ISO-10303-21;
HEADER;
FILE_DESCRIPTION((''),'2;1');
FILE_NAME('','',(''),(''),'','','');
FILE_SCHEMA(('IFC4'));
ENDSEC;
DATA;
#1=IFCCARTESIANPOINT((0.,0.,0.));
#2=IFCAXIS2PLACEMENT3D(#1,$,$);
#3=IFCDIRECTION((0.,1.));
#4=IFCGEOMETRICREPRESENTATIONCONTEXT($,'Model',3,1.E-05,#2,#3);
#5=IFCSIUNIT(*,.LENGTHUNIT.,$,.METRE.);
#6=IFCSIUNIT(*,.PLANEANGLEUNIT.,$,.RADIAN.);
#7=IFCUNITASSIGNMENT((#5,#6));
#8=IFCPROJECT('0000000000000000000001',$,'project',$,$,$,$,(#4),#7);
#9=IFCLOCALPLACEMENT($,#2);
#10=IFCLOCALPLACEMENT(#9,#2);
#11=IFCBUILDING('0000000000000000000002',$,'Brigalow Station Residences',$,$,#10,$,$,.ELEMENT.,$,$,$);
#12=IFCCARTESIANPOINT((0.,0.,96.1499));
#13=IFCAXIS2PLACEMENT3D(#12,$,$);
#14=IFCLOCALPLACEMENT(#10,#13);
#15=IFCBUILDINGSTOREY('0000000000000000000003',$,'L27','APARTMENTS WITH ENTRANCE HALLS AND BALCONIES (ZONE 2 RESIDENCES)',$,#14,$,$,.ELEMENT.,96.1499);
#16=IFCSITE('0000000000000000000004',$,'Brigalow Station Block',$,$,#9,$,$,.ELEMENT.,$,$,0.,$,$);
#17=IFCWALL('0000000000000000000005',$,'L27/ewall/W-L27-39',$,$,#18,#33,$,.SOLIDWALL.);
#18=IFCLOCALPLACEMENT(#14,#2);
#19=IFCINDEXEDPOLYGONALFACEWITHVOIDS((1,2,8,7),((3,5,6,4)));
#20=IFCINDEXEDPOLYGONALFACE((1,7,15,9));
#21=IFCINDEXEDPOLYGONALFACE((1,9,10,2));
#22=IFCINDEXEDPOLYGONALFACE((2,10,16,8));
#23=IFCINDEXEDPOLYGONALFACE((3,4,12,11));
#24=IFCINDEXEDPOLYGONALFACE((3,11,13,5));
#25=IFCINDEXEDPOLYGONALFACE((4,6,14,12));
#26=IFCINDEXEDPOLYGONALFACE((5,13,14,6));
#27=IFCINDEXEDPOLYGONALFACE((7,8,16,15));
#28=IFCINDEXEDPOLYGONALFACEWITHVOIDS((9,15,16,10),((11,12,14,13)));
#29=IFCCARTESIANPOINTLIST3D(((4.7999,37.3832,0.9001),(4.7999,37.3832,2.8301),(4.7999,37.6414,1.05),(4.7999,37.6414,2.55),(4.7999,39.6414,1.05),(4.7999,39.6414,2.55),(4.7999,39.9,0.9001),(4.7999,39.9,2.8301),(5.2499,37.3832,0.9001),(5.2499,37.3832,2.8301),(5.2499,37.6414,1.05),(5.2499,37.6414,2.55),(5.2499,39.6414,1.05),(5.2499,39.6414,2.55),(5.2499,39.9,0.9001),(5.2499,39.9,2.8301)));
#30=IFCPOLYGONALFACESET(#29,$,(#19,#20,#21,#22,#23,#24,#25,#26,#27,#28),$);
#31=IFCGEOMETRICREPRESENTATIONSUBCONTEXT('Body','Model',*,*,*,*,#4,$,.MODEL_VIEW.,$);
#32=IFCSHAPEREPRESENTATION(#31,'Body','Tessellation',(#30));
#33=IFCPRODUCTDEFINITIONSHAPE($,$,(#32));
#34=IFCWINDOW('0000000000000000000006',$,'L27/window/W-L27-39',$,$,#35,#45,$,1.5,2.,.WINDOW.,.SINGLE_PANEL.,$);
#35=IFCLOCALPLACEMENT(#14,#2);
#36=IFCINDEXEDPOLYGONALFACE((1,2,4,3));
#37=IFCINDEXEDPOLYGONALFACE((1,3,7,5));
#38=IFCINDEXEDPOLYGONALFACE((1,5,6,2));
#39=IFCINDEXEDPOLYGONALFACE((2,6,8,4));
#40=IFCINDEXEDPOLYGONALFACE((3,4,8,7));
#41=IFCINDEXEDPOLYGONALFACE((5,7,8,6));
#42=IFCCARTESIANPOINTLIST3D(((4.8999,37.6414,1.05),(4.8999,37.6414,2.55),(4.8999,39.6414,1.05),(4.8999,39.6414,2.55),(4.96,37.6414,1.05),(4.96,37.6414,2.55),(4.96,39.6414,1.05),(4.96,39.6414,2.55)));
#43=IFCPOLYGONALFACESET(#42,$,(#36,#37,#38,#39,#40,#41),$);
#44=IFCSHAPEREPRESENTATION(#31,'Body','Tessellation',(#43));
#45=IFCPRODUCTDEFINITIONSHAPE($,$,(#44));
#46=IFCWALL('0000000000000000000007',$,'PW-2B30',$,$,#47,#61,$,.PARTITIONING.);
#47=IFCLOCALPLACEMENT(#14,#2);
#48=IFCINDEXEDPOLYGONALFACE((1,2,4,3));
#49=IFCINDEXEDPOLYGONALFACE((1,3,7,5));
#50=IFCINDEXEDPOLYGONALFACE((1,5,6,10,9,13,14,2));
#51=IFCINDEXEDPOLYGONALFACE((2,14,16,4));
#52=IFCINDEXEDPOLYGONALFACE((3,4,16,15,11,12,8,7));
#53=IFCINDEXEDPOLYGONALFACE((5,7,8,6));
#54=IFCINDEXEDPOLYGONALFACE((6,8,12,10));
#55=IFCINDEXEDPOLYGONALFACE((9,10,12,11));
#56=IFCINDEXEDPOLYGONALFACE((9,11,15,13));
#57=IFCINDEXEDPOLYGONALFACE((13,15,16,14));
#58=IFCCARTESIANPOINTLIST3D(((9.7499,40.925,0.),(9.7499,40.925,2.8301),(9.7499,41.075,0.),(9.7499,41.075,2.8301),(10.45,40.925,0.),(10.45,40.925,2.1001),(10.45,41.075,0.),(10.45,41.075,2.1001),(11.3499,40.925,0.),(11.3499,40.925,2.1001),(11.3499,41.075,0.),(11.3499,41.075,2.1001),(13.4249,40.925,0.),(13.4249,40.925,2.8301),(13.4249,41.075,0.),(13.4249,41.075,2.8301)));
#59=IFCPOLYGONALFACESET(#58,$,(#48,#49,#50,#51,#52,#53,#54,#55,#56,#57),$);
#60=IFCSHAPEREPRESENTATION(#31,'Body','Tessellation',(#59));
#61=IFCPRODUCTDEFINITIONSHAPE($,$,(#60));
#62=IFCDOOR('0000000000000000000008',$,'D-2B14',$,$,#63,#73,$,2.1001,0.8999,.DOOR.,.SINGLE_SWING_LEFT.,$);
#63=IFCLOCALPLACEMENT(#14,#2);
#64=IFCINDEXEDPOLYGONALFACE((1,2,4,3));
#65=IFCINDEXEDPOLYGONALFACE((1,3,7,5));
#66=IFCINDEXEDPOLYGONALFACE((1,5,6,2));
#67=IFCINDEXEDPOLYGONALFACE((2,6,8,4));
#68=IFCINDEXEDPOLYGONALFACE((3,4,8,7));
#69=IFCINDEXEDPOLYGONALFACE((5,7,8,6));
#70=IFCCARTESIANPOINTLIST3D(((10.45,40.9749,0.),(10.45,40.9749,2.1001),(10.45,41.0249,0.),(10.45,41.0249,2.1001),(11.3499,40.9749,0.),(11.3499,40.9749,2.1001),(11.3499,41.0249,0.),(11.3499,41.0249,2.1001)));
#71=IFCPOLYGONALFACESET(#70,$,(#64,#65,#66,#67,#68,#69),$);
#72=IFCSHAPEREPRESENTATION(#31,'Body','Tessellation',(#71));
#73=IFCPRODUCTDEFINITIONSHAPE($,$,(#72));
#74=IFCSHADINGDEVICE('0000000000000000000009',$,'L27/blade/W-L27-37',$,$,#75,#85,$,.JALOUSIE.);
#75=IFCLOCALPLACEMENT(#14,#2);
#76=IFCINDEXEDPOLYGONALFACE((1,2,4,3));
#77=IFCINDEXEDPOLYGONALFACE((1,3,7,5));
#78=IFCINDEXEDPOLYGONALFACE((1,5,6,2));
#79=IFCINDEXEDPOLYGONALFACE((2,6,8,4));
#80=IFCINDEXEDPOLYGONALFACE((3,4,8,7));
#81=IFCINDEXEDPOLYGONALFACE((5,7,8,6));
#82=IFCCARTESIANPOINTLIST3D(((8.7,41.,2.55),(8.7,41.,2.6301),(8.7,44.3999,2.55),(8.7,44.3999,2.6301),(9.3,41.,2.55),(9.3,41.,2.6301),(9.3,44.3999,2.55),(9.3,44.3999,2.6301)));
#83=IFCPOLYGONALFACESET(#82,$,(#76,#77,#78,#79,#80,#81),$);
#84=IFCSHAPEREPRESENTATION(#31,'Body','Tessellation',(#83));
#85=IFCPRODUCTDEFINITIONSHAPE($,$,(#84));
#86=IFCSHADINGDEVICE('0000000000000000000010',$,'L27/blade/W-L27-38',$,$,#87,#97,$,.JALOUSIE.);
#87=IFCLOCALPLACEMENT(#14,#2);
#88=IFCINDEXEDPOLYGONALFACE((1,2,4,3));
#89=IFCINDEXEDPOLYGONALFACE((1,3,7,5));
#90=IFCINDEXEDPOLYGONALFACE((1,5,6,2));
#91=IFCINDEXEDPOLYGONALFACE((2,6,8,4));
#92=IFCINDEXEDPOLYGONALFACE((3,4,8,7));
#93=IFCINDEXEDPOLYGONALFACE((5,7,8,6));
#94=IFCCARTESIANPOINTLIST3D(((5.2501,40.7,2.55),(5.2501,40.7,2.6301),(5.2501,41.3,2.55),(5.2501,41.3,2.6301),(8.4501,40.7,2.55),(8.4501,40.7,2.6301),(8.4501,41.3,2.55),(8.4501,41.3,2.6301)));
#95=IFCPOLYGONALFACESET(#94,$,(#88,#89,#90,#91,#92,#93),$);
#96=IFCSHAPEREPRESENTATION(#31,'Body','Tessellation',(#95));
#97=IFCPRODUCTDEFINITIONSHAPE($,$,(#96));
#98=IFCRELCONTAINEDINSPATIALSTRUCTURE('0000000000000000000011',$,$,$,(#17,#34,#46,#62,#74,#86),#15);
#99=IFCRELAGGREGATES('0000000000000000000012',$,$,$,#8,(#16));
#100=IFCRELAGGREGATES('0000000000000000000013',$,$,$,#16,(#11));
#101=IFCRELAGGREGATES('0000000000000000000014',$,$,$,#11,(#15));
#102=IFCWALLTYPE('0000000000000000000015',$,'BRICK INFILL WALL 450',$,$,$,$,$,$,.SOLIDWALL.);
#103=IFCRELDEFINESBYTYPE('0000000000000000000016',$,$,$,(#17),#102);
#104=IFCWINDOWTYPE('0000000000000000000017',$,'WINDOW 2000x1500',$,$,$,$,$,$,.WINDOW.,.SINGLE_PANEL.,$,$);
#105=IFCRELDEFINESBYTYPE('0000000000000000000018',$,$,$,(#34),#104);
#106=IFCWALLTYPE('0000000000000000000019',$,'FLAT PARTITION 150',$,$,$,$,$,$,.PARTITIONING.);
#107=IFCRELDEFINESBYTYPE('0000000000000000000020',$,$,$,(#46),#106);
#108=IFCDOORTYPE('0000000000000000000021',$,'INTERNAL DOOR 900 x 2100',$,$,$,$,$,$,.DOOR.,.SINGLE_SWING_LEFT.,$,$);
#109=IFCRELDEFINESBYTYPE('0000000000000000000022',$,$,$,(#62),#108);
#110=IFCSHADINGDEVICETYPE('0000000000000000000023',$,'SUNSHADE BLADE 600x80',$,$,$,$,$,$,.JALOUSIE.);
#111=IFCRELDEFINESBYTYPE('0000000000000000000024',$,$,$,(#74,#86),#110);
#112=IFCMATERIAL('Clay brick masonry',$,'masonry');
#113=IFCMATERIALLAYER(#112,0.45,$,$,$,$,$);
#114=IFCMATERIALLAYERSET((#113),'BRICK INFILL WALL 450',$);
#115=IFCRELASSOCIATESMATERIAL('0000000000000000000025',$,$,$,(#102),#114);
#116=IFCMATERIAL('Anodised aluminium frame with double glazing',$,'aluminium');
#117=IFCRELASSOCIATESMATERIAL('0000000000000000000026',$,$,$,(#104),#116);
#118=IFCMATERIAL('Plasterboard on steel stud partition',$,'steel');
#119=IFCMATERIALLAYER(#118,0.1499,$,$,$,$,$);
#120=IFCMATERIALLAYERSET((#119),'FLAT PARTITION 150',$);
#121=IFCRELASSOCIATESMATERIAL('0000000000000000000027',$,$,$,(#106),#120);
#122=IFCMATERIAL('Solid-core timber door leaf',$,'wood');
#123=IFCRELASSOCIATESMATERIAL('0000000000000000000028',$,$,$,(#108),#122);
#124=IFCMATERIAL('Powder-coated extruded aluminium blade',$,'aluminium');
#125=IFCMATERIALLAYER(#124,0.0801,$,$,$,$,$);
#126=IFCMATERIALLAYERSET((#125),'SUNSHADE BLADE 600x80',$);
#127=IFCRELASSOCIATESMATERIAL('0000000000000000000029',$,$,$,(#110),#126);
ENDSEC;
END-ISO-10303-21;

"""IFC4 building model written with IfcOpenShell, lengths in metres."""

from ifc_helpers import new_model, si_unit, direction, frame, frame_2d, origin, origin_2d, place, context, subcontext, project, spatial, rectangle, extrude, material, layer, layer_set, type_object, element, fill, save


model = new_model("IFC4")

# Units and contexts
model_context = context("Model", 3, precision=1e-05, world=origin(), true_north=direction((0.0, 1.0)))
body_context = subcontext(model_context, "Body", "Model", "MODEL_VIEW")
ifc_project = project(units=[si_unit("LENGTHUNIT", "METRE"), si_unit("PLANEANGLEUNIT", "RADIAN")], contexts=[model_context])

# Site, building, storey
site_placement = place(None, origin())
site = spatial("IfcSite", under=ifc_project, at=site_placement, Name="Brigalow Station Block", CompositionType="ELEMENT", RefElevation=0.0)
building_placement = place(site_placement, origin())
building = spatial("IfcBuilding", under=site, at=building_placement, Name="Brigalow Station Residences", CompositionType="ELEMENT")
storey_placement = place(building_placement, frame((0.0, 0.0, 96.1499)))
storey = spatial("IfcBuildingStorey", under=building, at=storey_placement, Name="L27", Description="APARTMENTS WITH ENTRANCE HALLS AND BALCONIES (ZONE 2 RESIDENCES)", CompositionType="ELEMENT", Elevation=96.1499)

# Shared definitions
ifc_material_1 = material(Name="Clay brick masonry", Category="masonry")
ifc_layer_1 = layer(ifc_material_1, 0.45)
ifc_layer_set_1 = layer_set([ifc_layer_1], Name="BRICK INFILL WALL 450")
wall_type_1 = type_object("IfcWallType", Name="BRICK INFILL WALL 450", PredefinedType="SOLIDWALL", material=ifc_layer_set_1)

# Wall, opening, window
wall_1_placement = place(storey_placement, frame((5.0249, 39.8999, 0.9001), z_axis=(0.0, 0.0, 1.0), x_axis=(0.0, -1.0, 0.0)))
wall_1 = element("IfcWall", 1, at=wall_1_placement, inside=storey, type_object=wall_type_1, Name="L27/ewall/W-L27-39", PredefinedType="SOLIDWALL", context=body_context, shape_type="SweptSolid", body=[
    extrude(rectangle(XDim=2.5168, YDim=0.45, at=frame_2d((1.2583, 0.0))), origin(), (0.0, 0.0, 1.0), 1.9299),
])
opening_1_placement = place(wall_1_placement, frame((0.2585, 0.0, 0.1499)))
opening_1 = element("IfcOpeningElement", 2, at=opening_1_placement, cuts=wall_1, PredefinedType="OPENING", context=body_context, shape_type="SweptSolid", body=[
    extrude(rectangle(XDim=2.0, YDim=1.5, at=frame_2d((1.0, 0.75))), frame((0.0, 0.2349, 0.0), z_axis=(0.0, -1.0, 0.0), x_axis=(1.0, 0.0, 0.0)), (0.0, 0.0, 1.0), 0.47),
])
ifc_material_2 = material(Name="Anodised aluminium frame with double glazing", Category="aluminium")
window_type_1 = type_object("IfcWindowType", Name="WINDOW 2000x1500", PartitioningType="SINGLE_PANEL", PredefinedType="WINDOW", material=ifc_material_2)
window_1_placement = place(opening_1_placement, origin())
window_1 = element("IfcWindow", 3, at=window_1_placement, inside=storey, type_object=window_type_1, Name="L27/window/W-L27-39", OverallHeight=1.5, OverallWidth=2.0, PartitioningType="SINGLE_PANEL", PredefinedType="WINDOW", context=body_context, shape_type="SweptSolid", body=[
    extrude(rectangle(XDim=2.0, YDim=1.5, at=frame_2d((1.0, 0.75))), frame((0.0, -0.0649, 0.0), z_axis=(0.0, -1.0, 0.0), x_axis=(1.0, 0.0, 0.0)), (0.0, 0.0, 1.0), 0.0601),
])
fill(opening_1, window_1)

# Wall, opening, door
ifc_material_3 = material(Name="Plasterboard on steel stud partition", Category="steel")
ifc_layer_2 = layer(ifc_material_3, 0.1499)
ifc_layer_set_2 = layer_set([ifc_layer_2], Name="FLAT PARTITION 150")
wall_type_2 = type_object("IfcWallType", Name="FLAT PARTITION 150", PredefinedType="PARTITIONING", material=ifc_layer_set_2)
wall_2_placement = place(storey_placement, frame((9.75, 41.0, 0.0), z_axis=(0.0, 0.0, 1.0), x_axis=(1.0, 0.0, 0.0)))
wall_2 = element("IfcWall", 4, at=wall_2_placement, inside=storey, type_object=wall_type_2, Name="PW-2B30", PredefinedType="PARTITIONING", context=body_context, shape_type="SweptSolid", body=[
    extrude(rectangle(XDim=3.675, YDim=0.1499, at=frame_2d((1.8374, 0.0))), origin(), (0.0, 0.0, 1.0), 2.8301),
])
opening_2_placement = place(wall_2_placement, frame((0.7, 0.0, 0.0)))
opening_2 = element("IfcOpeningElement", 5, at=opening_2_placement, cuts=wall_2, PredefinedType="OPENING", context=body_context, shape_type="SweptSolid", body=[
    extrude(rectangle(XDim=0.8999, YDim=2.1001, at=frame_2d((0.45, 1.05))), frame((0.0, 0.085, 0.0), z_axis=(0.0, -1.0, 0.0), x_axis=(1.0, 0.0, 0.0)), (0.0, 0.0, 1.0), 0.1699),
])
ifc_material_4 = material(Name="Solid-core timber door leaf", Category="wood")
door_type_1 = type_object("IfcDoorType", Name="INTERNAL DOOR 900 x 2100", OperationType="SINGLE_SWING_LEFT", PredefinedType="DOOR", material=ifc_material_4)
door_1_placement = place(opening_2_placement, origin())
door_1 = element("IfcDoor", 6, at=door_1_placement, inside=storey, type_object=door_type_1, Name="D-2B14", OperationType="SINGLE_SWING_LEFT", OverallHeight=2.1001, OverallWidth=0.8999, PredefinedType="DOOR", context=body_context, shape_type="SweptSolid", body=[
    extrude(rectangle(XDim=0.8999, YDim=2.1001, at=frame_2d((0.45, 1.05))), frame((0.0, 0.0249, 0.0), z_axis=(0.0, -1.0, 0.0), x_axis=(1.0, 0.0, 0.0)), (0.0, 0.0, 1.0), 0.05),
])
fill(opening_2, door_1)

# Shading devices
ifc_material_5 = material(Name="Powder-coated extruded aluminium blade", Category="aluminium")
ifc_layer_3 = layer(ifc_material_5, 0.0801)
ifc_layer_set_3 = layer_set([ifc_layer_3], Name="SUNSHADE BLADE 600x80")
shading_device_type = type_object("IfcShadingDeviceType", Name="SUNSHADE BLADE 600x80", PredefinedType="JALOUSIE", material=ifc_layer_set_3)
shading_device_1_placement = place(storey_placement, frame((9.0, 42.7, 2.55), z_axis=(0.0, 0.0, 1.0), x_axis=(0.0, -1.0, 0.0)))
element("IfcShadingDevice", 7, at=shading_device_1_placement, inside=storey, type_object=shading_device_type, Name="L27/blade/W-L27-37", PredefinedType="JALOUSIE", context=body_context, shape_type="SweptSolid", body=[
    extrude(rectangle(XDim=3.3999, YDim=0.6001, at=origin_2d()), origin(), (0.0, 0.0, 1.0), 0.0801),
])
shading_device_2_placement = place(storey_placement, frame((6.8501, 41.0, 2.55), z_axis=(0.0, 0.0, 1.0), x_axis=(-1.0, 0.0, 0.0)))
element("IfcShadingDevice", 8, at=shading_device_2_placement, inside=storey, type_object=shading_device_type, Name="L27/blade/W-L27-38", PredefinedType="JALOUSIE", context=body_context, shape_type="SweptSolid", body=[
    extrude(rectangle(XDim=3.2, YDim=0.6001, at=origin_2d()), origin(), (0.0, 0.0, 1.0), 0.0801),
])

save(model, "model.ifc")
